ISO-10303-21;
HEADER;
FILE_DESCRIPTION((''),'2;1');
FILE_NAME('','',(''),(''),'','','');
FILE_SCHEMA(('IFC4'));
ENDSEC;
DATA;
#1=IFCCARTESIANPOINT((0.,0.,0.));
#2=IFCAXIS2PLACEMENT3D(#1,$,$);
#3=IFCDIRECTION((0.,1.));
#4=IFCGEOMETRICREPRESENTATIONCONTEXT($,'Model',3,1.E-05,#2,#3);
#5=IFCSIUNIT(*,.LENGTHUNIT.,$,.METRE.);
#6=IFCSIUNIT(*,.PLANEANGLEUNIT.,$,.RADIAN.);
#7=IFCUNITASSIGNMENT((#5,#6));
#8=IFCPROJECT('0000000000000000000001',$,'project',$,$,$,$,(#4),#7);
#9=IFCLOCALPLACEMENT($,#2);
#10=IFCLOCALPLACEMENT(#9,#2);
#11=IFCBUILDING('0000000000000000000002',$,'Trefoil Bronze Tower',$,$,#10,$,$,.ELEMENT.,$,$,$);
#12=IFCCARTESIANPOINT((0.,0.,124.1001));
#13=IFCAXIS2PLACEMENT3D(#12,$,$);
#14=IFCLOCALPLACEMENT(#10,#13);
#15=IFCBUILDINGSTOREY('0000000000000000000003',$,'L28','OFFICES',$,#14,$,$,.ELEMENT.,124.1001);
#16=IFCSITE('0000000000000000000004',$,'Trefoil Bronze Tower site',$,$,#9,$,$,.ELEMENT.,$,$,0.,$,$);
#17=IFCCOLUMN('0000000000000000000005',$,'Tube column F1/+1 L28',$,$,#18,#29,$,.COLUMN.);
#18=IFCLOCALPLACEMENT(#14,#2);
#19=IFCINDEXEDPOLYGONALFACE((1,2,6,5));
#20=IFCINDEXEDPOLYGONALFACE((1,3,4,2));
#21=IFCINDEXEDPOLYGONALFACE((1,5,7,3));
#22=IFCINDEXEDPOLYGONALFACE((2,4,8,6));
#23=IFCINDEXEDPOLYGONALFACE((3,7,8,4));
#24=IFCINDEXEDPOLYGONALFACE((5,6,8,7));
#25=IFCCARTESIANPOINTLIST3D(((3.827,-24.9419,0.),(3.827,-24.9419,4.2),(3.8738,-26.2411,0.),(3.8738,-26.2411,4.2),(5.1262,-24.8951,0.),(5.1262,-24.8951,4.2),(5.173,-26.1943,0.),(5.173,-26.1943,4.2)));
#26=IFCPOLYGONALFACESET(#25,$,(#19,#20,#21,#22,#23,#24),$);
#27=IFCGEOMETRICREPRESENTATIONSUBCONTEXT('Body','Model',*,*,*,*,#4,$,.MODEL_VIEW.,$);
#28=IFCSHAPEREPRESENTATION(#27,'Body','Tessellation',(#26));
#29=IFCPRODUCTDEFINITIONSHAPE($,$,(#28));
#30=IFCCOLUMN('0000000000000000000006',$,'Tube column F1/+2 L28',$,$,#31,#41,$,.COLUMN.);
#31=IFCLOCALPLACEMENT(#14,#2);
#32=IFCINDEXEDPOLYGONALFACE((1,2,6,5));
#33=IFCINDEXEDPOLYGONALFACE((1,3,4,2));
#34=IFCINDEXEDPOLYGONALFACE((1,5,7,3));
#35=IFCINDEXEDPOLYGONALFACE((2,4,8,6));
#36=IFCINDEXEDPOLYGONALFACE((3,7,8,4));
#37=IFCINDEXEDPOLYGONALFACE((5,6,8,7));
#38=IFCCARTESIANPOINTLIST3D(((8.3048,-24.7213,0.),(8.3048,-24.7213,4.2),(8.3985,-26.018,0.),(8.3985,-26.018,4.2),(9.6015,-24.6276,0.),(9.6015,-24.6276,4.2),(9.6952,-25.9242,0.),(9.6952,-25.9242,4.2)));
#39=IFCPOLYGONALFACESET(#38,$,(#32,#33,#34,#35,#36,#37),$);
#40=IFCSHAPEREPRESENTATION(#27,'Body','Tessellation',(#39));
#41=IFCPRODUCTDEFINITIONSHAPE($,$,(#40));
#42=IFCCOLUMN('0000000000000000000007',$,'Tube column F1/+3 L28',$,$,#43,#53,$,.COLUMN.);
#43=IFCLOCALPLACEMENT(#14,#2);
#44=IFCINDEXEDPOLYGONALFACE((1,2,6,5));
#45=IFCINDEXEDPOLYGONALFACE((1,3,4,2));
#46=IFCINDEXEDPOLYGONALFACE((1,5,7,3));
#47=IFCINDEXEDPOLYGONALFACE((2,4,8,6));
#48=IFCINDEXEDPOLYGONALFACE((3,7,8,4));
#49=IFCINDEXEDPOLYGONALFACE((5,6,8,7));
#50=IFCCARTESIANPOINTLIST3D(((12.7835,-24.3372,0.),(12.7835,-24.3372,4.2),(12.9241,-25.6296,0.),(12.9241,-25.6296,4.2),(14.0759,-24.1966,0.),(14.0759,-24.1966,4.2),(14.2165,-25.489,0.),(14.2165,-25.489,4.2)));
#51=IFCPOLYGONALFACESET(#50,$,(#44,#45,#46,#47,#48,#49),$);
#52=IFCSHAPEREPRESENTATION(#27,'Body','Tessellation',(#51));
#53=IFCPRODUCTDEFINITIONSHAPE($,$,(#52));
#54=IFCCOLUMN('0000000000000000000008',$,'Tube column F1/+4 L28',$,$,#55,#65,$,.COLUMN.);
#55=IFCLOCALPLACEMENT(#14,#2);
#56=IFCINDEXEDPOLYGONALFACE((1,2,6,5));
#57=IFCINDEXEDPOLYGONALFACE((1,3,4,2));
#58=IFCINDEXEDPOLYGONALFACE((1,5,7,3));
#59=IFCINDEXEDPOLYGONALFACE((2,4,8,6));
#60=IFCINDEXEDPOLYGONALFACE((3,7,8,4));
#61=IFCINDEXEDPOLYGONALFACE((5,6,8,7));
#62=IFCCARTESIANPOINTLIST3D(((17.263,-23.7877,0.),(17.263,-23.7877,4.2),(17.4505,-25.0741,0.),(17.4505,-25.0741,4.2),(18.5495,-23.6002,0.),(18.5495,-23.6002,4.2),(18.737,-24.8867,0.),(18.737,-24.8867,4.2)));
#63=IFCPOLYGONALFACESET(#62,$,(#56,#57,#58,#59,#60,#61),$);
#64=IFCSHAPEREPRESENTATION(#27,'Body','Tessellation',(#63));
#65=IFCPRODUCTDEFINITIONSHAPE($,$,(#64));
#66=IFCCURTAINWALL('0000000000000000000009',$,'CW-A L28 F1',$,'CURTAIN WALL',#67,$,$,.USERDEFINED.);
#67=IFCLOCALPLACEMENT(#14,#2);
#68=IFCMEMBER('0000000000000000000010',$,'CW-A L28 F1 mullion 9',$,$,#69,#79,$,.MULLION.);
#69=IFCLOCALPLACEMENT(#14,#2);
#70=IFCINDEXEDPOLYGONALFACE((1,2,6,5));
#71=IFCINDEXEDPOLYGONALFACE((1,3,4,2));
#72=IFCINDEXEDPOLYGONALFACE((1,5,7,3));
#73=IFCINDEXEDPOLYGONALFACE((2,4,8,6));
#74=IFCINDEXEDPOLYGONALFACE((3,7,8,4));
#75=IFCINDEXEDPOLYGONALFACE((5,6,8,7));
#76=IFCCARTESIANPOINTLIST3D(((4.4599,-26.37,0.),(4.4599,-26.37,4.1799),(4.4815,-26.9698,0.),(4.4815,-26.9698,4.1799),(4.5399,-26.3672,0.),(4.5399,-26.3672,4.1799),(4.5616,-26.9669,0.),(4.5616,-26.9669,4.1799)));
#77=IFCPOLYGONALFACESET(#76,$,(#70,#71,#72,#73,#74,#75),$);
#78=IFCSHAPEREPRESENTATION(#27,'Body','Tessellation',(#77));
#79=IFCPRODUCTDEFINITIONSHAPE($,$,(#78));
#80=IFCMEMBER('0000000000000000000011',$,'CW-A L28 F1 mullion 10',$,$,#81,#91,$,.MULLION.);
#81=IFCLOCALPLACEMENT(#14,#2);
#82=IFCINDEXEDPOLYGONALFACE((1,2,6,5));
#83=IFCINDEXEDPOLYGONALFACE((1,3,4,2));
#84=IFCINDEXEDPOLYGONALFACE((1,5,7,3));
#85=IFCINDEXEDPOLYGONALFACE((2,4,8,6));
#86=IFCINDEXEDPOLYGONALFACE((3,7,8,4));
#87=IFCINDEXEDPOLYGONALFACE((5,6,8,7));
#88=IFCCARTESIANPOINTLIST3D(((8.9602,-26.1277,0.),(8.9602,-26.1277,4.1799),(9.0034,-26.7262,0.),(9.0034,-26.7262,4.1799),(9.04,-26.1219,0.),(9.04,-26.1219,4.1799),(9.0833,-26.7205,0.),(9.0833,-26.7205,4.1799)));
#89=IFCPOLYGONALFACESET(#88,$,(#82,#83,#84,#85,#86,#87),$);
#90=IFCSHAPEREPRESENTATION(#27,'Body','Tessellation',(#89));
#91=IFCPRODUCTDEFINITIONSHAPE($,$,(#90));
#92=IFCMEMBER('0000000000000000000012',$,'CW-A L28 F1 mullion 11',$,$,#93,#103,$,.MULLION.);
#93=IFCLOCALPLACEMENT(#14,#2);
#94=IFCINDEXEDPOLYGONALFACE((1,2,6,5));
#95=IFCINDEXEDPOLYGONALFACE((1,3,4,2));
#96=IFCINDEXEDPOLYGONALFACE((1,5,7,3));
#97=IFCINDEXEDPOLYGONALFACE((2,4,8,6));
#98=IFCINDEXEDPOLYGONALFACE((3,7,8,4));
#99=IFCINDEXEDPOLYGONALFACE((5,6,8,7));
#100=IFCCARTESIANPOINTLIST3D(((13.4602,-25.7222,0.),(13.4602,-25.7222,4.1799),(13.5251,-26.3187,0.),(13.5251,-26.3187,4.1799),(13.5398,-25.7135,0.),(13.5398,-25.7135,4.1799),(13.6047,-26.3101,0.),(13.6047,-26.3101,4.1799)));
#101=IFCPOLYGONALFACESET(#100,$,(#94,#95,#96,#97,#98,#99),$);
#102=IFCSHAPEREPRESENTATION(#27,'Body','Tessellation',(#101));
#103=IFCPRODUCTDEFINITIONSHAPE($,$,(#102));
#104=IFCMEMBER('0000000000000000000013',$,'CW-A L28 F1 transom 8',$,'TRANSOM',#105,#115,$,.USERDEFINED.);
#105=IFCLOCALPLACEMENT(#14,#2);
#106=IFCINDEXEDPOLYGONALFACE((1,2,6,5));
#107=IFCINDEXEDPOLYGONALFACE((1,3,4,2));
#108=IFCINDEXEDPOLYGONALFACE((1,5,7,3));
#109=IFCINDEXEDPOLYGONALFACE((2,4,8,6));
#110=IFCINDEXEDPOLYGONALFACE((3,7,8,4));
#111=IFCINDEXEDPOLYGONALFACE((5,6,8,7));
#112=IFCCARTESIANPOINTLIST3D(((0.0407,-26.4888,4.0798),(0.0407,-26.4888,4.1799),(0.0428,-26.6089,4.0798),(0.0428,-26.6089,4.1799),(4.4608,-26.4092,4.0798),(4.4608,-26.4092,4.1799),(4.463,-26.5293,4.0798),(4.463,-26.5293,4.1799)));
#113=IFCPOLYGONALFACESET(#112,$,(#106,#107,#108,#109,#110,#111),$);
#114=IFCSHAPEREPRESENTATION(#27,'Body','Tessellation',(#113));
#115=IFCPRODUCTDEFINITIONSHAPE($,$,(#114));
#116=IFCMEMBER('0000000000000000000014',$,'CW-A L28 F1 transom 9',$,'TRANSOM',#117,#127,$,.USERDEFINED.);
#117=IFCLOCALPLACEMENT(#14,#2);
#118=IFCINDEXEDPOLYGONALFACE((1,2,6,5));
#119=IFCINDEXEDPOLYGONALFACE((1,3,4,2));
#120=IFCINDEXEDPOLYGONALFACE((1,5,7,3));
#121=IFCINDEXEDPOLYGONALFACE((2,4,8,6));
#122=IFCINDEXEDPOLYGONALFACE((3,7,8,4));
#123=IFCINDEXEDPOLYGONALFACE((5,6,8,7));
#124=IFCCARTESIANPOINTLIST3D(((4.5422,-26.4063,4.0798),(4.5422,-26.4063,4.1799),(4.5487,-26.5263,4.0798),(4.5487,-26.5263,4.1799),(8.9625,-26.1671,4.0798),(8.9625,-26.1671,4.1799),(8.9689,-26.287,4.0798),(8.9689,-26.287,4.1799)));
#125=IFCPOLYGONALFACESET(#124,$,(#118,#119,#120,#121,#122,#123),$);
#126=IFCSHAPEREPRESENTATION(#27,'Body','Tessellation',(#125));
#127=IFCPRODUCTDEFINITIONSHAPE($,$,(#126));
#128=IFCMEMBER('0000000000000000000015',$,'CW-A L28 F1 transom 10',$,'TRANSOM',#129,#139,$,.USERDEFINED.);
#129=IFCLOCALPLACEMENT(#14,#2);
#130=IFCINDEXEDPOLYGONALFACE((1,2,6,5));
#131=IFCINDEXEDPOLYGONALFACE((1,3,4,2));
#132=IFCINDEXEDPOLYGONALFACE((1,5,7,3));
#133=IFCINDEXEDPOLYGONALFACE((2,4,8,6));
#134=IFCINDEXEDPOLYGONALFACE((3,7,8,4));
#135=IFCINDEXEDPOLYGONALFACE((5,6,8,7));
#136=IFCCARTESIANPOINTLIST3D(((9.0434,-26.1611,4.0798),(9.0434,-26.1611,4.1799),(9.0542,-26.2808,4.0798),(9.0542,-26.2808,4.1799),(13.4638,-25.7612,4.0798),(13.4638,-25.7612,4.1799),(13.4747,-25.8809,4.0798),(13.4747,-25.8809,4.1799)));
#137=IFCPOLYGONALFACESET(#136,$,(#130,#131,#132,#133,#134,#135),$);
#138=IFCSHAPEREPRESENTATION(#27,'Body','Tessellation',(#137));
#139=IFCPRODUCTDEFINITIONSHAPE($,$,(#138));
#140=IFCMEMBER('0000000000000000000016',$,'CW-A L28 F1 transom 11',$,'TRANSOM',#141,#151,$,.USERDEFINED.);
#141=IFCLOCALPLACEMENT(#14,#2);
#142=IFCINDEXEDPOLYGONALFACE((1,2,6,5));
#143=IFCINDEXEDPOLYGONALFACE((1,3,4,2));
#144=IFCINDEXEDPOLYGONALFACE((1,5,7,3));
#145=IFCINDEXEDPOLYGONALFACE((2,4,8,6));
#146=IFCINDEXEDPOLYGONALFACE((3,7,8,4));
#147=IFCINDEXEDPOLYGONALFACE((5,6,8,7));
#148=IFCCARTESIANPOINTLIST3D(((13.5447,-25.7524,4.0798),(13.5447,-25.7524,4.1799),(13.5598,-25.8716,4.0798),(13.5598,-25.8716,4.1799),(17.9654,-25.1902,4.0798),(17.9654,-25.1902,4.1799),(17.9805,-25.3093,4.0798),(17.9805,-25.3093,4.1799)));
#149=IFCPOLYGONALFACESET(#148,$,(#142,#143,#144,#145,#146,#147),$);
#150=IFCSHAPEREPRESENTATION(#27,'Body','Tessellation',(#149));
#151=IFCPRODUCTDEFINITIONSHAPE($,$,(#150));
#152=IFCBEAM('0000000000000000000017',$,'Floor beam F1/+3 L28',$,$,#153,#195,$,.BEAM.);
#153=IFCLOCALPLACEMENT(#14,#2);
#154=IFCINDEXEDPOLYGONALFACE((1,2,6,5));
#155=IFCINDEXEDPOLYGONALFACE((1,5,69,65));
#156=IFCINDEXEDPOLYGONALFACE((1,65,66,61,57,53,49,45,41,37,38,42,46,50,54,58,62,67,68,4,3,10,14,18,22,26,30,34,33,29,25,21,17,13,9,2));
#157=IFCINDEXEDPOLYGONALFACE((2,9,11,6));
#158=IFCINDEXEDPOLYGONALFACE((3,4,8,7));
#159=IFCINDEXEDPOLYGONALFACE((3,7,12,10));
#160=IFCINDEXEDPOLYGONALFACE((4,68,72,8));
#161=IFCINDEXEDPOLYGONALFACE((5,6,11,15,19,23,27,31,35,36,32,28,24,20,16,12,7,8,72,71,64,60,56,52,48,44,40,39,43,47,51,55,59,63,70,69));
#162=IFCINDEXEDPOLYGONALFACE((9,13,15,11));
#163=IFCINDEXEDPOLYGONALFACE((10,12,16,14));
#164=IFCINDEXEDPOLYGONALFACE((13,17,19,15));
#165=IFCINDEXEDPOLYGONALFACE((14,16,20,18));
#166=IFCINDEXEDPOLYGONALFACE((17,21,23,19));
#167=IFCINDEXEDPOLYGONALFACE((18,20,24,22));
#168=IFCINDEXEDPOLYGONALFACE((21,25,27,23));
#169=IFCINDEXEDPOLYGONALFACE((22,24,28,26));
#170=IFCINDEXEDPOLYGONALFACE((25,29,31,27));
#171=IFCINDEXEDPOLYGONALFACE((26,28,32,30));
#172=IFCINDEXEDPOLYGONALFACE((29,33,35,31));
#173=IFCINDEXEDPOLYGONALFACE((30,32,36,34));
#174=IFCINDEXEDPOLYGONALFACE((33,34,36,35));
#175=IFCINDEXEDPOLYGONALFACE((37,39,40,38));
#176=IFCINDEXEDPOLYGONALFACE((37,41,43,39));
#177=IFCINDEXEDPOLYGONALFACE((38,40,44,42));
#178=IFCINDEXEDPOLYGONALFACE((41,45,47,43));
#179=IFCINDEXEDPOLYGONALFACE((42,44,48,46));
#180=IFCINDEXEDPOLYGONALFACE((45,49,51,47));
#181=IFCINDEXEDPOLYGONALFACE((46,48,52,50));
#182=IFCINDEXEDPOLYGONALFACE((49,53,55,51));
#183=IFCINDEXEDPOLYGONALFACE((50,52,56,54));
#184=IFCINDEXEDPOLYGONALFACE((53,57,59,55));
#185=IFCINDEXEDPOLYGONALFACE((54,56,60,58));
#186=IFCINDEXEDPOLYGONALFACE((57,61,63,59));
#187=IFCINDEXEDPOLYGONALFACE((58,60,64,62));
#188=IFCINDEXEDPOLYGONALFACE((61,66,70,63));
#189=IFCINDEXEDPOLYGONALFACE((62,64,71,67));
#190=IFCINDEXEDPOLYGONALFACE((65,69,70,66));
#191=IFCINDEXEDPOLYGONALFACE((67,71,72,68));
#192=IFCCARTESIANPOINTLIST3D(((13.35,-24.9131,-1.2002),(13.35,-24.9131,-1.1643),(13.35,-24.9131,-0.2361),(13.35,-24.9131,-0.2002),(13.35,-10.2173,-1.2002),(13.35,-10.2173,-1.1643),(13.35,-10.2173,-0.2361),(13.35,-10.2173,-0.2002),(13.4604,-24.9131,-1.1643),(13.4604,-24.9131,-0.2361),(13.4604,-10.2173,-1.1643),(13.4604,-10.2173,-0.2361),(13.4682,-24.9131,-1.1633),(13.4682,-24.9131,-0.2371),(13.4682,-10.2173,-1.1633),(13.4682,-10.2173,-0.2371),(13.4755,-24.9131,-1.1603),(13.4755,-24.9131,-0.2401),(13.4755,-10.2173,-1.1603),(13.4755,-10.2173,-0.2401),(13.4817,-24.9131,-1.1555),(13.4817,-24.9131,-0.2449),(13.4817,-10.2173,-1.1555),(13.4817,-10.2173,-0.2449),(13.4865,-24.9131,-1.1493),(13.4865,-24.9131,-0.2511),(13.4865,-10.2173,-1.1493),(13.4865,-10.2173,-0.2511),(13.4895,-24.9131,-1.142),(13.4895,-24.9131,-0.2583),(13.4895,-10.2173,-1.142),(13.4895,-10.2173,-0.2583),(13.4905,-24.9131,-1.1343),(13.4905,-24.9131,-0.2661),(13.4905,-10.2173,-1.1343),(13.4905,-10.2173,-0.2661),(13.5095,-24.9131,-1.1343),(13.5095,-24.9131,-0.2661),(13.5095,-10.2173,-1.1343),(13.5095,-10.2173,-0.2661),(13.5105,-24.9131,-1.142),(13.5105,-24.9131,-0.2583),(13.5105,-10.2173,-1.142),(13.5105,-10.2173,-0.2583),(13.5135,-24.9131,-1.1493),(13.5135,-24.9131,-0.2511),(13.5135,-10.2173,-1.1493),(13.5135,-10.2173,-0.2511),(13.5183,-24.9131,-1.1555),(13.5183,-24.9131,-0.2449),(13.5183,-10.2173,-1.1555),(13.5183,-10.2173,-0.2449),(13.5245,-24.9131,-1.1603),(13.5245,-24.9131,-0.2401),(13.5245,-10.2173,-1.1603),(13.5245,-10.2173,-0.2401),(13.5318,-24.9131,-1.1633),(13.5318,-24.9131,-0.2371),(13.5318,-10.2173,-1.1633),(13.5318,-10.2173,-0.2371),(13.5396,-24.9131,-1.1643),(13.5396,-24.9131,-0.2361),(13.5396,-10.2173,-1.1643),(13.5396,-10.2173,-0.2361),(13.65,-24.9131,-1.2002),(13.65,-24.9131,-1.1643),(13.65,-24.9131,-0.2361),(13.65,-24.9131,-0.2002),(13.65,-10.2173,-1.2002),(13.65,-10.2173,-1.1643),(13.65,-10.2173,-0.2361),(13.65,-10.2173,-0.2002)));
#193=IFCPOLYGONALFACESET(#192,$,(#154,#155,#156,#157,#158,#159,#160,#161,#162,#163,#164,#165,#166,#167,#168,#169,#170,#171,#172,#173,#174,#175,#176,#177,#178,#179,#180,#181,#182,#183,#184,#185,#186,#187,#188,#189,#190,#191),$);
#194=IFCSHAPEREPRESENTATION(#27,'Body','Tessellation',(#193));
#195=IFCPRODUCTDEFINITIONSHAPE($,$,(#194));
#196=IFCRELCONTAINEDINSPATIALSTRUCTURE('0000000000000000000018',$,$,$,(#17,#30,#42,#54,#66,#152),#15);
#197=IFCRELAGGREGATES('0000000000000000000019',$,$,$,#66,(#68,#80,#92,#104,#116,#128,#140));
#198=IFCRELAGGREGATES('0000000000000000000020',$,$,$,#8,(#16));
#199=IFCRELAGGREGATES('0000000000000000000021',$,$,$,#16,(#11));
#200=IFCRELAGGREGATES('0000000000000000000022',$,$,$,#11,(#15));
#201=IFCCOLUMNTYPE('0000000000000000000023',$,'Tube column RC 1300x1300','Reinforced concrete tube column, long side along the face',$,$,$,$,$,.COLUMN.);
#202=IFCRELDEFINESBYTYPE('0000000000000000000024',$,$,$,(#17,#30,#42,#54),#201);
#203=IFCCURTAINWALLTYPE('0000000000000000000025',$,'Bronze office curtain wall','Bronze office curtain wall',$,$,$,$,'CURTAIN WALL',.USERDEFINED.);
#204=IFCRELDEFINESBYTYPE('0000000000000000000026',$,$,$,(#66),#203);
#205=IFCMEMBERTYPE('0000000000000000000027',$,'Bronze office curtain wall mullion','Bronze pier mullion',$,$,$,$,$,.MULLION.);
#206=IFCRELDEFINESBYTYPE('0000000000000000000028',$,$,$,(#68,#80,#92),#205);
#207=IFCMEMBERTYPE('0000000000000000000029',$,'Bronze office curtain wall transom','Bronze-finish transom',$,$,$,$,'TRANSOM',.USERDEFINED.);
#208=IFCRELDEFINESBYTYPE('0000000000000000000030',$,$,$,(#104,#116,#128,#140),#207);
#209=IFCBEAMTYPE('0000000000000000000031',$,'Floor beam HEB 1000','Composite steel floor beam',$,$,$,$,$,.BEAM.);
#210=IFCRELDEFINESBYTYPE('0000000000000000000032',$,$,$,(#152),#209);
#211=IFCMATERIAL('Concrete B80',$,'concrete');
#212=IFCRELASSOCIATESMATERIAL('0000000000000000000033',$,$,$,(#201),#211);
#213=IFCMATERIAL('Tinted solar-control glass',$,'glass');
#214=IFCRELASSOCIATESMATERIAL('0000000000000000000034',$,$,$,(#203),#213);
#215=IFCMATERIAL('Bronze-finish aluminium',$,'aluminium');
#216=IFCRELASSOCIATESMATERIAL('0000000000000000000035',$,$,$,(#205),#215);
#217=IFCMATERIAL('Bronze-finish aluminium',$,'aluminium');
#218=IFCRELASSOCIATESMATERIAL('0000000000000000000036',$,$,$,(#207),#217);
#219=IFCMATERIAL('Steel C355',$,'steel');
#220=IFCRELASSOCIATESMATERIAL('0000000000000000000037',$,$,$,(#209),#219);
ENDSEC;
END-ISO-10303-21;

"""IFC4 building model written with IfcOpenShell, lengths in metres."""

from ifc_helpers import new_model, si_unit, direction, frame, origin, origin_2d, place, context, subcontext, project, spatial, rectangle, i_section, extrude, material, material_profile, profile_set, type_object, element, aggregate, save


model = new_model("IFC4")

# Units and contexts
model_context = context("Model", 3, precision=1e-05, world=origin(), true_north=direction((0.0, 1.0)))
body_context = subcontext(model_context, "Body", "Model", "MODEL_VIEW")
ifc_project = project(units=[si_unit("LENGTHUNIT", "METRE"), si_unit("PLANEANGLEUNIT", "RADIAN")], contexts=[model_context])

# Site, building, storey
site_placement = place(None, origin())
site = spatial("IfcSite", under=ifc_project, at=site_placement, Name="Trefoil Bronze Tower site", CompositionType="ELEMENT", RefElevation=0.0)
building_placement = place(site_placement, origin())
building = spatial("IfcBuilding", under=site, at=building_placement, Name="Trefoil Bronze Tower", CompositionType="ELEMENT")
storey_placement = place(building_placement, frame((0.0, 0.0, 124.1001)))
storey = spatial("IfcBuildingStorey", under=building, at=storey_placement, Name="L28", Description="OFFICES", CompositionType="ELEMENT", Elevation=124.1001)

# Columns
ifc_material_1 = material(Name="Concrete B80", Category="concrete")
ifc_material_profile_1 = material_profile(ifc_material_1, rectangle(XDim=1.3, YDim=1.3, at=origin_2d()), Name="RC 1300x1300")
ifc_profile_set_1 = profile_set([ifc_material_profile_1], Name="Concrete B80")
column_type = type_object("IfcColumnType", Name="Tube column RC 1300x1300", Description="Reinforced concrete tube column, long side along the face", PredefinedType="COLUMN", material=ifc_profile_set_1)
for number, where, z_axis, x_axis, name in (
    (1, (4.5, -25.5681, 0.0), (0.0, 0.0, 1.0), (0.99935, 0.036048, 0.0), "Tube column F1/+1 L28"),
    (2, (9.0, -25.3228, 0.0), (0.0, 0.0, 1.0), (0.997398, 0.072096, 0.0), "Tube column F1/+2 L28"),
    (3, (13.5, -24.9131, 0.0), (0.0, 0.0, 1.0), (0.994135, 0.108144, 0.0), "Tube column F1/+3 L28"),
    (4, (18.0, -24.3372, 0.0), (0.0, 0.0, 1.0), (0.98955, 0.144192, 0.0), "Tube column F1/+4 L28"),
):
    element("IfcColumn", number, at=place(storey_placement, frame(where, z_axis=z_axis, x_axis=x_axis)), inside=storey, type_object=column_type, Name=name, PredefinedType="COLUMN", context=body_context, shape_type="SweptSolid", body=[
        extrude(rectangle(XDim=1.3, YDim=1.3, at=origin_2d()), origin(), (0.0, 0.0, 1.0), 4.2),
    ])

# Curtain wall, members
ifc_material_2 = material(Name="Tinted solar-control glass", Category="glass")
curtain_wall_type = type_object("IfcCurtainWallType", Name="Bronze office curtain wall", Description="Bronze office curtain wall", ElementType="CURTAIN WALL", PredefinedType="USERDEFINED", material=ifc_material_2)
curtain_wall_placement = place(storey_placement, origin())
curtain_wall = element("IfcCurtainWall", 5, at=curtain_wall_placement, inside=storey, type_object=curtain_wall_type, Name="CW-A L28 F1", ObjectType="CURTAIN WALL", PredefinedType="USERDEFINED")
ifc_material_3 = material(Name="Bronze-finish aluminium", Category="aluminium")
ifc_material_profile_2 = material_profile(ifc_material_3, rectangle(XDim=0.6001, YDim=0.0801, at=origin_2d()), Name="CW-A mullion")
ifc_profile_set_2 = profile_set([ifc_material_profile_2], Name="Bronze-finish aluminium")
member_type_1 = type_object("IfcMemberType", Name="Bronze office curtain wall mullion", Description="Bronze pier mullion", PredefinedType="MULLION", material=ifc_profile_set_2)
member_1_placement = place(storey_placement, frame((4.5107, -26.6685, 0.0), z_axis=(0.0, 0.0, 1.0), x_axis=(-0.036048, 0.99935, 0.0)))
member_1 = element("IfcMember", 6, at=member_1_placement, type_object=member_type_1, Name="CW-A L28 F1 mullion 9", PredefinedType="MULLION", context=body_context, shape_type="SweptSolid", body=[
    extrude(rectangle(XDim=0.6001, YDim=0.0801, at=origin_2d()), origin(), (0.0, 0.0, 1.0), 4.1799),
])
member_2_placement = place(storey_placement, frame((9.0217, -26.4241, 0.0), z_axis=(0.0, 0.0, 1.0), x_axis=(-0.072096, 0.997398, 0.0)))
member_2 = element("IfcMember", 7, at=member_2_placement, type_object=member_type_1, Name="CW-A L28 F1 mullion 10", PredefinedType="MULLION", context=body_context, shape_type="SweptSolid", body=[
    extrude(rectangle(XDim=0.6001, YDim=0.0801, at=origin_2d()), origin(), (0.0, 0.0, 1.0), 4.1799),
])
member_3_placement = place(storey_placement, frame((13.5325, -26.0161, 0.0), z_axis=(0.0, 0.0, 1.0), x_axis=(-0.108144, 0.994135, 0.0)))
member_3 = element("IfcMember", 8, at=member_3_placement, type_object=member_type_1, Name="CW-A L28 F1 mullion 11", PredefinedType="MULLION", context=body_context, shape_type="SweptSolid", body=[
    extrude(rectangle(XDim=0.6001, YDim=0.0801, at=origin_2d()), origin(), (0.0, 0.0, 1.0), 4.1799),
])
ifc_material_4 = material(Name="Bronze-finish aluminium", Category="aluminium")
ifc_material_profile_3 = material_profile(ifc_material_4, rectangle(XDim=0.1201, YDim=0.1001, at=origin_2d()), Name="CW-A transom")
ifc_profile_set_3 = profile_set([ifc_material_profile_3], Name="Bronze-finish aluminium")
member_type_2 = type_object("IfcMemberType", Name="Bronze office curtain wall transom", Description="Bronze-finish transom", ElementType="TRANSOM", PredefinedType="USERDEFINED", material=ifc_profile_set_3)
member_4_placement = place(storey_placement, frame((0.0417, -26.5488, 4.1299), z_axis=(0.999838, 0.018003, 0.0), x_axis=(-0.018003, 0.999838, 0.0)))
member_4 = element("IfcMember", 9, at=member_4_placement, type_object=member_type_2, Name="CW-A L28 F1 transom 8", ObjectType="TRANSOM", PredefinedType="USERDEFINED", context=body_context, shape_type="SweptSolid", body=[
    extrude(rectangle(XDim=0.1201, YDim=0.1001, at=origin_2d()), origin(), (0.0, 0.0, 1.0), 4.4209),
])
member_5_placement = place(storey_placement, frame((4.5454, -26.4663, 4.1299), z_axis=(0.998538, 0.05405, 0.0), x_axis=(-0.05405, 0.998538, 0.0)))
member_5 = element("IfcMember", 10, at=member_5_placement, type_object=member_type_2, Name="CW-A L28 F1 transom 9", ObjectType="TRANSOM", PredefinedType="USERDEFINED", context=body_context, shape_type="SweptSolid", body=[
    extrude(rectangle(XDim=0.1201, YDim=0.1001, at=origin_2d()), origin(), (0.0, 0.0, 1.0), 4.4268),
])
member_6_placement = place(storey_placement, frame((9.0488, -26.2209, 4.1299), z_axis=(0.995933, 0.090099, 0.0), x_axis=(-0.090099, 0.995933, 0.0)))
member_6 = element("IfcMember", 11, at=member_6_placement, type_object=member_type_2, Name="CW-A L28 F1 transom 10", ObjectType="TRANSOM", PredefinedType="USERDEFINED", context=body_context, shape_type="SweptSolid", body=[
    extrude(rectangle(XDim=0.1201, YDim=0.1001, at=origin_2d()), origin(), (0.0, 0.0, 1.0), 4.4385),
])
member_7_placement = place(storey_placement, frame((13.5522, -25.812, 4.1299), z_axis=(0.992008, 0.126172, 0.0), x_axis=(-0.126172, 0.992008, 0.0)))
member_7 = element("IfcMember", 12, at=member_7_placement, type_object=member_type_2, Name="CW-A L28 F1 transom 11", ObjectType="TRANSOM", PredefinedType="USERDEFINED", context=body_context, shape_type="SweptSolid", body=[
    extrude(rectangle(XDim=0.1201, YDim=0.1001, at=origin_2d()), origin(), (0.0, 0.0, 1.0), 4.4563),
])

# Beam
ifc_material_5 = material(Name="Steel C355", Category="steel")
ifc_material_profile_4 = material_profile(ifc_material_5, i_section(OverallWidth=0.3, OverallDepth=1.0, WebThickness=0.019, FlangeThickness=0.0359, FilletRadius=0.03, at=origin_2d()), Name="HEB 1000")
ifc_profile_set_4 = profile_set([ifc_material_profile_4], Name="Steel C355")
beam_type_1 = type_object("IfcBeamType", Name="Floor beam HEB 1000", Description="Composite steel floor beam", PredefinedType="BEAM", material=ifc_profile_set_4)
beam_1_placement = place(storey_placement, frame((13.5, -24.9131, -0.7002), z_axis=(0.0, 1.0, 0.0), x_axis=(-1.0, 0.0, 0.0)))
element("IfcBeam", 13, at=beam_1_placement, inside=storey, type_object=beam_type_1, Name="Floor beam F1/+3 L28", PredefinedType="BEAM", context=body_context, shape_type="SweptSolid", body=[
    extrude(i_section(OverallWidth=0.3, OverallDepth=1.0, WebThickness=0.019, FlangeThickness=0.0359, FilletRadius=0.03, at=origin_2d()), origin(), (0.0, 0.0, 1.0), 14.6958),
])

aggregate(curtain_wall, [member_1, member_2, member_3, member_4, member_5, member_6, member_7])

save(model, "model.ifc")
